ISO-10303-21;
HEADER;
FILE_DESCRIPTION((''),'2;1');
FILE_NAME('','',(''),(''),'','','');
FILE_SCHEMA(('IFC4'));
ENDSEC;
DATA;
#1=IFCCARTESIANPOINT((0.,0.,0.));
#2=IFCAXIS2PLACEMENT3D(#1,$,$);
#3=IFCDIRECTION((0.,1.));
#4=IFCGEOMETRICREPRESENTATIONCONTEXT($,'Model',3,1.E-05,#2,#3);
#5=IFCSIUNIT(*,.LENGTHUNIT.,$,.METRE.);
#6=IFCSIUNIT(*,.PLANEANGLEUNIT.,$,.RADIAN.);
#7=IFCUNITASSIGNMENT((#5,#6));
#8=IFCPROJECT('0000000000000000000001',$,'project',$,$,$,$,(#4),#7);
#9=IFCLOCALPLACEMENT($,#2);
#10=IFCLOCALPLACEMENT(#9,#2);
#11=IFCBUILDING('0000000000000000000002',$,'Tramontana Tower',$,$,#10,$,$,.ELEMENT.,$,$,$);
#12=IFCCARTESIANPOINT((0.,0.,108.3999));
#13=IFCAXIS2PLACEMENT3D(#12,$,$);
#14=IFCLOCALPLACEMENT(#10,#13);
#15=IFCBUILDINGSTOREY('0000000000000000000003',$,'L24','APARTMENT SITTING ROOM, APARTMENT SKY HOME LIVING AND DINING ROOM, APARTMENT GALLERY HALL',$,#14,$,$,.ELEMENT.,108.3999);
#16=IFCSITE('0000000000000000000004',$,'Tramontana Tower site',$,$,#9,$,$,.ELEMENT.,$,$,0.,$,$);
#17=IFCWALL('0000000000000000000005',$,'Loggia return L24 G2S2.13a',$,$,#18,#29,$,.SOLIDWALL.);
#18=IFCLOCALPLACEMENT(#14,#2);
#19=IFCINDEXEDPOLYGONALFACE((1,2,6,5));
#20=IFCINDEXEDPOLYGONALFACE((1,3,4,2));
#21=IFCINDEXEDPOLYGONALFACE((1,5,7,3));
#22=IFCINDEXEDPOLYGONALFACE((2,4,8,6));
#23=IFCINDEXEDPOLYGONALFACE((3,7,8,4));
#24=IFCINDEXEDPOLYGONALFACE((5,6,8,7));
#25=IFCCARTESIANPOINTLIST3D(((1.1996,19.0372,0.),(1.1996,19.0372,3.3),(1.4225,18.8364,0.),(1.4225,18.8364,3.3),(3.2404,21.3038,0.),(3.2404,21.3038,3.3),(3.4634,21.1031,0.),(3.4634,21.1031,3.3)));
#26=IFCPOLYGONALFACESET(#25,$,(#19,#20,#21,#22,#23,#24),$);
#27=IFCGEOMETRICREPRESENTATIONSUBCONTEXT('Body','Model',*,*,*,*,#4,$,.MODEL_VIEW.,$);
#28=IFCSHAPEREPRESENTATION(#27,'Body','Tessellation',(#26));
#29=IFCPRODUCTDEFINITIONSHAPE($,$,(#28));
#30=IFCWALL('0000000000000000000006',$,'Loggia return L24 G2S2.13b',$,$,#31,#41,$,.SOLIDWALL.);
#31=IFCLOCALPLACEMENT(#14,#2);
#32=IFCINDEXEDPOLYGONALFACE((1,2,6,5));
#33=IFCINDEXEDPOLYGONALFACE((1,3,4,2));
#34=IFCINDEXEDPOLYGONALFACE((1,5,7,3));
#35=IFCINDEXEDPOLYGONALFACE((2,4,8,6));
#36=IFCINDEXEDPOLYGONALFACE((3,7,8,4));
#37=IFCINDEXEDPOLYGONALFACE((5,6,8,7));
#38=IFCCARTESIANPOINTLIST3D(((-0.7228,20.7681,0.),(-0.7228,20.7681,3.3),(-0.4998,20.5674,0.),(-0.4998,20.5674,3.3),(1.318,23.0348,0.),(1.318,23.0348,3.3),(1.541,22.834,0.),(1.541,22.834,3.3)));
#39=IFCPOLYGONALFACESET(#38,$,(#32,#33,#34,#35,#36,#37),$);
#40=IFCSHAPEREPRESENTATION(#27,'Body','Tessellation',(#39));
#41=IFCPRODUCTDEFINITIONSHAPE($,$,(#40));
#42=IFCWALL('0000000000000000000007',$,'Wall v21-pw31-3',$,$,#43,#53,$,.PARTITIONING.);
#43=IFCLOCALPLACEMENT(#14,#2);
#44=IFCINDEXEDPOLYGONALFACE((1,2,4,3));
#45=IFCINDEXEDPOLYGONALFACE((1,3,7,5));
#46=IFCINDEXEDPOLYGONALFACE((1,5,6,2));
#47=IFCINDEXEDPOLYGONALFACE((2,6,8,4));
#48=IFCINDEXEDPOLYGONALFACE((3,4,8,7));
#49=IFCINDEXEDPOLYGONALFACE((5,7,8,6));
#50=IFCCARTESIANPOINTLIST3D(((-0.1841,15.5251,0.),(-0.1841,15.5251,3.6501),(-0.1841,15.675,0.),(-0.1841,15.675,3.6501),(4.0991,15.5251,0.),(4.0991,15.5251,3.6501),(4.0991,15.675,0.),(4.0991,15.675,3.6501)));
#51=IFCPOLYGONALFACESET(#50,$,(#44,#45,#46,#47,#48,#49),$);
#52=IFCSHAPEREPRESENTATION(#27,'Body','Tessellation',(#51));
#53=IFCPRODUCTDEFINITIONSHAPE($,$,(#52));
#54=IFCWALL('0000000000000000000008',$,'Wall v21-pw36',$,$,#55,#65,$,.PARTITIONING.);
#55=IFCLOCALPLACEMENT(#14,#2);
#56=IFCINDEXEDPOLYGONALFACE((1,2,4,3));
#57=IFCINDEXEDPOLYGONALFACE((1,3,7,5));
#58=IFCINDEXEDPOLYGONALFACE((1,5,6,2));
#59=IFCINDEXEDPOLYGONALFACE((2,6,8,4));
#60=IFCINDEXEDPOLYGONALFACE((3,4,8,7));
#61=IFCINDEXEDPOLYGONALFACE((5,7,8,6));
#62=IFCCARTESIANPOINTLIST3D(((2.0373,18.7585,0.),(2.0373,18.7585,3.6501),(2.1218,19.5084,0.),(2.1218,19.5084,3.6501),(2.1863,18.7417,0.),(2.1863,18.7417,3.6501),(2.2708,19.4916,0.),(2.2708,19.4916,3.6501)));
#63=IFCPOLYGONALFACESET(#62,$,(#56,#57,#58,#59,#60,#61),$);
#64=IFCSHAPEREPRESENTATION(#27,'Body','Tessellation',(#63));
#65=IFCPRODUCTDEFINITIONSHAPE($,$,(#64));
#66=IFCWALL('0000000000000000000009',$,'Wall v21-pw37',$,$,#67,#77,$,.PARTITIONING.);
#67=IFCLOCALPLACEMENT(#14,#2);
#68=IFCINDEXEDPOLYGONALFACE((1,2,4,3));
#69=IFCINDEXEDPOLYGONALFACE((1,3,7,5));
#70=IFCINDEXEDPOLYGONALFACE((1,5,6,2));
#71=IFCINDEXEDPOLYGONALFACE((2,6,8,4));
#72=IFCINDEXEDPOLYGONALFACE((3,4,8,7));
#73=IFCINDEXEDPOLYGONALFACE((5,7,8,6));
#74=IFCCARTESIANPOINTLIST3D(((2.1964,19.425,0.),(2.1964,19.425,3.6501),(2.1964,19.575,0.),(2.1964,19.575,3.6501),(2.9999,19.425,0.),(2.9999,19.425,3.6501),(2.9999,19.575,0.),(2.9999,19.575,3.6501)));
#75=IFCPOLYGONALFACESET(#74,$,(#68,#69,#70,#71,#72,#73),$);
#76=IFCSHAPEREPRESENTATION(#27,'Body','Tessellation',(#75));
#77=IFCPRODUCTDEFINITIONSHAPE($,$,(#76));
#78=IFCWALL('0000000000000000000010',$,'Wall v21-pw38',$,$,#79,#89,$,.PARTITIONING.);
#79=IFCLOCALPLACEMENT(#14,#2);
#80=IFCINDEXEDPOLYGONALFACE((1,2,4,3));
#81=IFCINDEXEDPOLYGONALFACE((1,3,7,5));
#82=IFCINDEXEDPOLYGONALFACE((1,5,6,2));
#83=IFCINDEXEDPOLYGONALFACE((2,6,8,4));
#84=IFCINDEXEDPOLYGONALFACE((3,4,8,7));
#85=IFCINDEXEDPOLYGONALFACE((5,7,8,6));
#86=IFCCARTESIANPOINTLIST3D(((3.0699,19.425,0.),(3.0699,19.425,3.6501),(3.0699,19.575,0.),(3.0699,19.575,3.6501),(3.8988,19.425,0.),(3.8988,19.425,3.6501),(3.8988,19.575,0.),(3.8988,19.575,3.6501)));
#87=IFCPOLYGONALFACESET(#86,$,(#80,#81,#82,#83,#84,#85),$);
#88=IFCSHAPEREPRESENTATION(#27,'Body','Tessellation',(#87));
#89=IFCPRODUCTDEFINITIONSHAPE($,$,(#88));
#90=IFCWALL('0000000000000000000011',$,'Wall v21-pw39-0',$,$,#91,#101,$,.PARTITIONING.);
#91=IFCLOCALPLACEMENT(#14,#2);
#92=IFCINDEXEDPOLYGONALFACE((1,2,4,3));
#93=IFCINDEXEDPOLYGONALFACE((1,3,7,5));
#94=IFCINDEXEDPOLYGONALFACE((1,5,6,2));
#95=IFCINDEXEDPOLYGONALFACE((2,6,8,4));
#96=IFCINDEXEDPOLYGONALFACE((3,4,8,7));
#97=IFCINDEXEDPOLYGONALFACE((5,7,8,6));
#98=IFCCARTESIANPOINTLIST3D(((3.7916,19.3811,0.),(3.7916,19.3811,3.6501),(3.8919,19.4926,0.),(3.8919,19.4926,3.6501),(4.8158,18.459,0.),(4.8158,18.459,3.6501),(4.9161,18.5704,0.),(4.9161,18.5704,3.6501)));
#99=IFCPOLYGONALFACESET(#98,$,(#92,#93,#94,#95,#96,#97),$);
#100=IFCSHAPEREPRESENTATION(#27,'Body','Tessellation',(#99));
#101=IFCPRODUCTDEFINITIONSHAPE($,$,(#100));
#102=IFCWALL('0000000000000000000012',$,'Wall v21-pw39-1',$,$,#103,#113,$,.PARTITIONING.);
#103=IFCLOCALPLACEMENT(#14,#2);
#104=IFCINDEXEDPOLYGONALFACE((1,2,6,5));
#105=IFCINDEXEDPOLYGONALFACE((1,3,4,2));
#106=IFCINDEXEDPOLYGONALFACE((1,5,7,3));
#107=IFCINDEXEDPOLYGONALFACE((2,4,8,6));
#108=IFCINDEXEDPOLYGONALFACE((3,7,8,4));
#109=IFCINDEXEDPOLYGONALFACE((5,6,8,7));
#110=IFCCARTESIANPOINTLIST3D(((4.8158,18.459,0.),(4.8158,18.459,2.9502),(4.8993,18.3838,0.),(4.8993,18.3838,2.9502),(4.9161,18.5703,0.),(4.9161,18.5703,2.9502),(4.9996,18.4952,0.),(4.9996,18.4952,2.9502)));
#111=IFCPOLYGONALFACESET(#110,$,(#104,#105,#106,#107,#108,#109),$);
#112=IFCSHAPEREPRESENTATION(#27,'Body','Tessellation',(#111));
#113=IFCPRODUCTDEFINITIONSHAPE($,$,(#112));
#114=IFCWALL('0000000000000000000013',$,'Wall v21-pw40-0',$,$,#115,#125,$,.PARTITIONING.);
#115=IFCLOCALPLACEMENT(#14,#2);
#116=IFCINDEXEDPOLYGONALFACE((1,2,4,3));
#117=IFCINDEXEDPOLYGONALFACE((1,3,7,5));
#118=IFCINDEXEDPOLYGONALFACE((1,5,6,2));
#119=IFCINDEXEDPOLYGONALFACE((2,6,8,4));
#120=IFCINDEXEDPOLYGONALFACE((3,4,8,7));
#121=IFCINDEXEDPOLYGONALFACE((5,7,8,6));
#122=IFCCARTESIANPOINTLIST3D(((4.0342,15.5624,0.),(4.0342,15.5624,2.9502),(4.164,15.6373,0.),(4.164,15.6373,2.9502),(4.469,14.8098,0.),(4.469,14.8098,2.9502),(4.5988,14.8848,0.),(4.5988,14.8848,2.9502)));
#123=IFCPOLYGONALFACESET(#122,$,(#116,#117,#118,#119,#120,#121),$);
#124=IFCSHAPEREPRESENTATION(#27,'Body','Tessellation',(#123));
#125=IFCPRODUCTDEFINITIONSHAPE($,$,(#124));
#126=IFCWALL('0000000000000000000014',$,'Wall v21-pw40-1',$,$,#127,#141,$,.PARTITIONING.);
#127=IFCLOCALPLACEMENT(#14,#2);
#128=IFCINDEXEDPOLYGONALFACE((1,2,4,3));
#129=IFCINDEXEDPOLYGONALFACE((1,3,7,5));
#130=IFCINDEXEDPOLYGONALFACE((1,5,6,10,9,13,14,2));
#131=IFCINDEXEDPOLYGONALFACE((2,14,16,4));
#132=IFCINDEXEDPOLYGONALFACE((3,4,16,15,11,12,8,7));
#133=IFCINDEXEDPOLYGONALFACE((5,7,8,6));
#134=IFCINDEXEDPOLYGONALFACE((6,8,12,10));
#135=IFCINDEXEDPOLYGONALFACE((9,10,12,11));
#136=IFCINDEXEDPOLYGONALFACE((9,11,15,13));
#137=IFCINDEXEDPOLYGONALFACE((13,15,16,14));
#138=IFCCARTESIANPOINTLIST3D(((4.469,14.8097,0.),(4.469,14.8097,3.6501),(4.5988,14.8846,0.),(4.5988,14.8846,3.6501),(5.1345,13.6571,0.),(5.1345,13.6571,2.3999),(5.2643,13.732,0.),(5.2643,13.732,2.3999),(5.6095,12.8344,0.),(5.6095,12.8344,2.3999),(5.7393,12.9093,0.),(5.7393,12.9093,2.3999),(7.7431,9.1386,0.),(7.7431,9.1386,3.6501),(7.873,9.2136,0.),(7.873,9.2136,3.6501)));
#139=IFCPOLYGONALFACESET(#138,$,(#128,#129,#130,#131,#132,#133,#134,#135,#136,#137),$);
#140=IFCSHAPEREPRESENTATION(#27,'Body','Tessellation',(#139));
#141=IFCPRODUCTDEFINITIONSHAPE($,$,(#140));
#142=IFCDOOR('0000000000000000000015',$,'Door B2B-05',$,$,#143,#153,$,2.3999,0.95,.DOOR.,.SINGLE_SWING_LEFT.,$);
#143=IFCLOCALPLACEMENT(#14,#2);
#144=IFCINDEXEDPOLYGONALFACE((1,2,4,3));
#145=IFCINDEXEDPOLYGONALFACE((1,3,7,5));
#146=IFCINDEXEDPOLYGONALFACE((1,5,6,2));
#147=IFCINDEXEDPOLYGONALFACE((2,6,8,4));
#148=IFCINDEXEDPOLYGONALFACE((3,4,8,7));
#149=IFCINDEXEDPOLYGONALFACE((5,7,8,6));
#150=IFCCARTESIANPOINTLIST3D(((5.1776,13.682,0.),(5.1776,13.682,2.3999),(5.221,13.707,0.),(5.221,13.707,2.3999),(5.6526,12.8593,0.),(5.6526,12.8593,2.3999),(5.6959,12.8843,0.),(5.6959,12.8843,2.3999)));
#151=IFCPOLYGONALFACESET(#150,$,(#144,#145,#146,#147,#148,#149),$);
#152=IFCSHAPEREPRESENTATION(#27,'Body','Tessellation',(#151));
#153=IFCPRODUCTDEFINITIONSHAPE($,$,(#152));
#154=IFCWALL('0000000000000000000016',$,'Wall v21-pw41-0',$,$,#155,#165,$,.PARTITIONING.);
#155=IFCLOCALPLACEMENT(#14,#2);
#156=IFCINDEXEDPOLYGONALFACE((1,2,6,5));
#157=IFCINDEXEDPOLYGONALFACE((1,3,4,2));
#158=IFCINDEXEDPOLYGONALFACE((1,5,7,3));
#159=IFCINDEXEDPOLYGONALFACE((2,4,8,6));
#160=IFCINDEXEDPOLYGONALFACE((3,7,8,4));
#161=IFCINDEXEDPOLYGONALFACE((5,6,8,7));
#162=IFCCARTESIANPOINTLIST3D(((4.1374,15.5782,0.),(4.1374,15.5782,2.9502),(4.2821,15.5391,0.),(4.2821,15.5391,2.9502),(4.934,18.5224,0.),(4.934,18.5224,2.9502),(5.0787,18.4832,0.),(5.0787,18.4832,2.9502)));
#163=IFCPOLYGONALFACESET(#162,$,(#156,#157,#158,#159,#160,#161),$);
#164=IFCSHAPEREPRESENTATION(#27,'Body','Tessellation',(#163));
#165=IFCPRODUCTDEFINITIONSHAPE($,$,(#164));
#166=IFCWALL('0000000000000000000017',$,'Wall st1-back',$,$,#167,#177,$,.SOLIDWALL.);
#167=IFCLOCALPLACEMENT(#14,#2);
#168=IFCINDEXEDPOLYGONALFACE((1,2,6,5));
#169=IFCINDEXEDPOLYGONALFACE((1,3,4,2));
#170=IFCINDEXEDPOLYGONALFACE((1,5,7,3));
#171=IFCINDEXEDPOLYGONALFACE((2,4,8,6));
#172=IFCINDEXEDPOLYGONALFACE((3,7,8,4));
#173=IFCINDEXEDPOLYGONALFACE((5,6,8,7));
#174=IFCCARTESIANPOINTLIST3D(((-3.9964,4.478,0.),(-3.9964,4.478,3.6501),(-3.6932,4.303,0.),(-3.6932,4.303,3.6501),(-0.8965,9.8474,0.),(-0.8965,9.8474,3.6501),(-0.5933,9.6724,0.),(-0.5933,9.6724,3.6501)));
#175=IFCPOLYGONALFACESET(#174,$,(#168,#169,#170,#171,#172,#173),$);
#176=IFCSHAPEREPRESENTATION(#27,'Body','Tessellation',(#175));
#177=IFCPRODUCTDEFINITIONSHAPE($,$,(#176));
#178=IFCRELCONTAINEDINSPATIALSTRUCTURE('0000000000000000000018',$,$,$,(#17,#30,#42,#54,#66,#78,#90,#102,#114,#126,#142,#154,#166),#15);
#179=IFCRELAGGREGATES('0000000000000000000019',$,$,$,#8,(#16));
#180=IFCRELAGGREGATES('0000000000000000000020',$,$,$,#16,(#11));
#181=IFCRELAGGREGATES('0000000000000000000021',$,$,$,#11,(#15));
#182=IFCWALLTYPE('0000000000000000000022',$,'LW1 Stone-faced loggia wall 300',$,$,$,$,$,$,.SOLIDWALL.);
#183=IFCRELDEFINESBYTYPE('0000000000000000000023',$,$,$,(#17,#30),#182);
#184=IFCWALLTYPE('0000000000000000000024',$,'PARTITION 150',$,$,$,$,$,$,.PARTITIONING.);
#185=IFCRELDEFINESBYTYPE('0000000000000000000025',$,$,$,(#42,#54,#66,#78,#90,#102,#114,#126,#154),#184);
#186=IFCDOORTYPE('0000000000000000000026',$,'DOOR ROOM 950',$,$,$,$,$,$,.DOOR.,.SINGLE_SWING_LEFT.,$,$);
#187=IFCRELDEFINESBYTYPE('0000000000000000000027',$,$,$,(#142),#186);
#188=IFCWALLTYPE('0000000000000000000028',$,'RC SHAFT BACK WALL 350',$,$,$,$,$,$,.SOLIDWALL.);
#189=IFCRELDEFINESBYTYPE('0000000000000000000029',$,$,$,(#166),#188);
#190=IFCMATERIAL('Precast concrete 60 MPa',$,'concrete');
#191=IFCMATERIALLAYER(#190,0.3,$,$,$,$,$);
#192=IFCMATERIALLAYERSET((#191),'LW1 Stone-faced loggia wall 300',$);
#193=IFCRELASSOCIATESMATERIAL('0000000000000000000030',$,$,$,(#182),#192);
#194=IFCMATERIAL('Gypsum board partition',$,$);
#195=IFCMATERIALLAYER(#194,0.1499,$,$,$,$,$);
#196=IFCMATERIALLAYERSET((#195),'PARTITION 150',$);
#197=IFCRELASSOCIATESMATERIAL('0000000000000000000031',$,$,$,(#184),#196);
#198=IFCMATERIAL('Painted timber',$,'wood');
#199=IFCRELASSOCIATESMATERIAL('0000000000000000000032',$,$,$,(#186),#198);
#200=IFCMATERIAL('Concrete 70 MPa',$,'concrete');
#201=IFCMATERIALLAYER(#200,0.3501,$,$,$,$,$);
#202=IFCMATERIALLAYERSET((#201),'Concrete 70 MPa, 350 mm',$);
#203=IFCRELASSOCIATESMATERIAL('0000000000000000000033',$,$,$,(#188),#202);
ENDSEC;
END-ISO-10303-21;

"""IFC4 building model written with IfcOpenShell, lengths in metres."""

from ifc_helpers import new_model, si_unit, direction, frame, frame_2d, origin, place, context, subcontext, project, spatial, rectangle, extrude, material, layer, layer_set, type_object, element, fill, save


model = new_model("IFC4")

# Units and contexts
model_context = context("Model", 3, precision=1e-05, world=origin(), true_north=direction((0.0, 1.0)))
body_context = subcontext(model_context, "Body", "Model", "MODEL_VIEW")
ifc_project = project(units=[si_unit("LENGTHUNIT", "METRE"), si_unit("PLANEANGLEUNIT", "RADIAN")], contexts=[model_context])

# Site, building, storey
site_placement = place(None, origin())
site = spatial("IfcSite", under=ifc_project, at=site_placement, Name="Tramontana Tower site", CompositionType="ELEMENT", RefElevation=0.0)
building_placement = place(site_placement, origin())
building = spatial("IfcBuilding", under=site, at=building_placement, Name="Tramontana Tower", CompositionType="ELEMENT")
storey_placement = place(building_placement, frame((0.0, 0.0, 108.3999)))
storey = spatial("IfcBuildingStorey", under=building, at=storey_placement, Name="L24", Description="APARTMENT SITTING ROOM, APARTMENT SKY HOME LIVING AND DINING ROOM, APARTMENT GALLERY HALL", CompositionType="ELEMENT", Elevation=108.3999)

# Shared definitions
ifc_material_1 = material(Name="Precast concrete 60 MPa", Category="concrete")
ifc_layer_1 = layer(ifc_material_1, 0.3)
ifc_layer_set_1 = layer_set([ifc_layer_1], Name="LW1 Stone-faced loggia wall 300")
wall_type_1 = type_object("IfcWallType", Name="LW1 Stone-faced loggia wall 300", PredefinedType="SOLIDWALL", material=ifc_layer_set_1)

# Walls
for number, where, z_axis, x_axis, name in (
    (1, (3.3518, 21.2034, 0.0), (0.0, 0.0, 1.0), (-0.669115, -0.743159, 0.0), "Loggia return L24 G2S2.13a"),
    (2, (1.4294, 22.9343, 0.0), (0.0, 0.0, 1.0), (-0.669115, -0.743159, 0.0), "Loggia return L24 G2S2.13b"),
):
    element("IfcWall", number, at=place(storey_placement, frame(where, z_axis=z_axis, x_axis=x_axis)), inside=storey, type_object=wall_type_1, Name=name, PredefinedType="SOLIDWALL", context=body_context, shape_type="SweptSolid", body=[
        extrude(rectangle(XDim=3.05, YDim=0.3, at=frame_2d((1.5249, 0.0))), origin(), (0.0, 0.0, 1.0), 3.3),
    ])
ifc_material_2 = material(Name="Gypsum board partition")
ifc_layer_2 = layer(ifc_material_2, 0.1499)
ifc_layer_set_2 = layer_set([ifc_layer_2], Name="PARTITION 150")
wall_type_2 = type_object("IfcWallType", Name="PARTITION 150", PredefinedType="PARTITIONING", material=ifc_layer_set_2)
wall_1_placement = place(storey_placement, frame((-0.1841, 15.6001, 0.0), z_axis=(0.0, 0.0, 1.0), x_axis=(1.0, 0.0, 0.0)))
element("IfcWall", 3, at=wall_1_placement, inside=storey, type_object=wall_type_2, Name="Wall v21-pw31-3", PredefinedType="PARTITIONING", context=body_context, shape_type="SweptSolid", body=[
    extrude(rectangle(XDim=4.2832, YDim=0.1499, at=frame_2d((2.1416, 0.0))), origin(), (0.0, 0.0, 1.0), 3.6501),
])

# Walls
wall_2_placement = place(storey_placement, frame((2.1118, 18.75, 0.0), z_axis=(0.0, 0.0, 1.0), x_axis=(0.111923, 0.993717, 0.0)))
element("IfcWall", 4, at=wall_2_placement, inside=storey, type_object=wall_type_2, Name="Wall v21-pw36", PredefinedType="PARTITIONING", context=body_context, shape_type="SweptSolid", body=[
    extrude(rectangle(XDim=0.7546, YDim=0.1499, at=frame_2d((0.3774, 0.0))), origin(), (0.0, 0.0, 1.0), 3.6501),
])
wall_3_placement = place(storey_placement, frame((2.1963, 19.5, 0.0), z_axis=(0.0, 0.0, 1.0), x_axis=(1.0, 0.0, 0.0)))
element("IfcWall", 5, at=wall_3_placement, inside=storey, type_object=wall_type_2, Name="Wall v21-pw37", PredefinedType="PARTITIONING", context=body_context, shape_type="SweptSolid", body=[
    extrude(rectangle(XDim=0.8035, YDim=0.1499, at=frame_2d((0.4019, 0.0))), origin(), (0.0, 0.0, 1.0), 3.6501),
])
wall_4_placement = place(storey_placement, frame((3.0698, 19.5, 0.0), z_axis=(0.0, 0.0, 1.0), x_axis=(1.0, 0.0, 0.0)))
element("IfcWall", 6, at=wall_4_placement, inside=storey, type_object=wall_type_2, Name="Wall v21-pw38", PredefinedType="PARTITIONING", context=body_context, shape_type="SweptSolid", body=[
    extrude(rectangle(XDim=0.8289, YDim=0.1499, at=frame_2d((0.4146, 0.0))), origin(), (0.0, 0.0, 1.0), 3.6501),
])
wall_5_placement = place(storey_placement, frame((3.8418, 19.4368, 0.0), z_axis=(0.0, 0.0, 1.0), x_axis=(0.743162, -0.669112, 0.0)))
element("IfcWall", 7, at=wall_5_placement, inside=storey, type_object=wall_type_2, Name="Wall v21-pw39-0", PredefinedType="PARTITIONING", context=body_context, shape_type="SweptSolid", body=[
    extrude(rectangle(XDim=1.3782, YDim=0.1499, at=frame_2d((0.689, 0.0))), origin(), (0.0, 0.0, 1.0), 3.6501),
])
wall_6_placement = place(storey_placement, frame((4.866, 18.5146, 0.0), z_axis=(0.0, 0.0, 1.0), x_axis=(0.743078, -0.669205, 0.0)))
element("IfcWall", 8, at=wall_6_placement, inside=storey, type_object=wall_type_2, Name="Wall v21-pw39-1", PredefinedType="PARTITIONING", context=body_context, shape_type="SweptSolid", body=[
    extrude(rectangle(XDim=0.1123, YDim=0.1499, at=frame_2d((0.0562, 0.0))), origin(), (0.0, 0.0, 1.0), 2.9502),
])
wall_7_placement = place(storey_placement, frame((4.0991, 15.5999, 0.0), z_axis=(0.0, 0.0, 1.0), x_axis=(0.500217, -0.8659, 0.0)))
element("IfcWall", 9, at=wall_7_placement, inside=storey, type_object=wall_type_2, Name="Wall v21-pw40-0", PredefinedType="PARTITIONING", context=body_context, shape_type="SweptSolid", body=[
    extrude(rectangle(XDim=0.8691, YDim=0.1499, at=frame_2d((0.4346, 0.0))), origin(), (0.0, 0.0, 1.0), 2.9502),
])

# Wall, opening, door
wall_8_placement = place(storey_placement, frame((4.5339, 14.8472, 0.0), z_axis=(0.0, 0.0, 1.0), x_axis=(0.499992, -0.86603, 0.0)))
wall_8 = element("IfcWall", 10, at=wall_8_placement, inside=storey, type_object=wall_type_2, Name="Wall v21-pw40-1", PredefinedType="PARTITIONING", context=body_context, shape_type="SweptSolid", body=[
    extrude(rectangle(XDim=6.5483, YDim=0.1499, at=frame_2d((3.2742, 0.0))), origin(), (0.0, 0.0, 1.0), 3.6501),
])
opening_1_placement = place(wall_8_placement, frame((1.3308, 0.0, 0.0)))
opening_1 = element("IfcOpeningElement", 11, at=opening_1_placement, cuts=wall_8, PredefinedType="OPENING", context=body_context, shape_type="SweptSolid", body=[
    extrude(rectangle(XDim=0.95, YDim=2.3999, at=frame_2d((0.4751, 1.2))), frame((0.0, 0.085, 0.0), z_axis=(0.0, -1.0, 0.0), x_axis=(1.0, 0.0, 0.0)), (0.0, 0.0, 1.0), 0.1699),
])
ifc_material_3 = material(Name="Painted timber", Category="wood")
door_type_1 = type_object("IfcDoorType", Name="DOOR ROOM 950", OperationType="SINGLE_SWING_LEFT", PredefinedType="DOOR", material=ifc_material_3)
door_1_placement = place(opening_1_placement, origin())
door_1 = element("IfcDoor", 12, at=door_1_placement, inside=storey, type_object=door_type_1, Name="Door B2B-05", OperationType="SINGLE_SWING_LEFT", OverallHeight=2.3999, OverallWidth=0.95, PredefinedType="DOOR", context=body_context, shape_type="SweptSolid", body=[
    extrude(rectangle(XDim=0.95, YDim=2.3999, at=frame_2d((0.4751, 1.2))), frame((0.0, 0.0249, 0.0), z_axis=(0.0, -1.0, 0.0), x_axis=(1.0, 0.0, 0.0)), (0.0, 0.0, 1.0), 0.05),
])
fill(opening_1, door_1)

# Walls
wall_9_placement = place(storey_placement, frame((5.0063, 18.5027, 0.0), z_axis=(0.0, 0.0, 1.0), x_axis=(-0.261193, -0.965287, 0.0)))
element("IfcWall", 13, at=wall_9_placement, inside=storey, type_object=wall_type_2, Name="Wall v21-pw41-0", PredefinedType="PARTITIONING", context=body_context, shape_type="SweptSolid", body=[
    extrude(rectangle(XDim=3.05, YDim=0.1499, at=frame_2d((1.5249, 0.0))), origin(), (0.0, 0.0, 1.0), 2.9502),
])
ifc_material_4 = material(Name="Concrete 70 MPa", Category="concrete")
ifc_layer_3 = layer(ifc_material_4, 0.3501)
ifc_layer_set_3 = layer_set([ifc_layer_3], Name="Concrete 70 MPa, 350 mm")
wall_type_3 = type_object("IfcWallType", Name="RC SHAFT BACK WALL 350", PredefinedType="SOLIDWALL", material=ifc_layer_set_3)
wall_10_placement = place(storey_placement, frame((-0.7449, 9.76, 0.0), z_axis=(0.0, 0.0, 1.0), x_axis=(-0.49998, -0.866037, 0.0)))
element("IfcWall", 14, at=wall_10_placement, inside=storey, type_object=wall_type_3, Name="Wall st1-back", PredefinedType="SOLIDWALL", context=body_context, shape_type="SweptSolid", body=[
    extrude(rectangle(XDim=6.2, YDim=0.3501, at=frame_2d((3.1001, 0.0))), origin(), (0.0, 0.0, 1.0), 3.6501),
])

save(model, "model.ifc")
